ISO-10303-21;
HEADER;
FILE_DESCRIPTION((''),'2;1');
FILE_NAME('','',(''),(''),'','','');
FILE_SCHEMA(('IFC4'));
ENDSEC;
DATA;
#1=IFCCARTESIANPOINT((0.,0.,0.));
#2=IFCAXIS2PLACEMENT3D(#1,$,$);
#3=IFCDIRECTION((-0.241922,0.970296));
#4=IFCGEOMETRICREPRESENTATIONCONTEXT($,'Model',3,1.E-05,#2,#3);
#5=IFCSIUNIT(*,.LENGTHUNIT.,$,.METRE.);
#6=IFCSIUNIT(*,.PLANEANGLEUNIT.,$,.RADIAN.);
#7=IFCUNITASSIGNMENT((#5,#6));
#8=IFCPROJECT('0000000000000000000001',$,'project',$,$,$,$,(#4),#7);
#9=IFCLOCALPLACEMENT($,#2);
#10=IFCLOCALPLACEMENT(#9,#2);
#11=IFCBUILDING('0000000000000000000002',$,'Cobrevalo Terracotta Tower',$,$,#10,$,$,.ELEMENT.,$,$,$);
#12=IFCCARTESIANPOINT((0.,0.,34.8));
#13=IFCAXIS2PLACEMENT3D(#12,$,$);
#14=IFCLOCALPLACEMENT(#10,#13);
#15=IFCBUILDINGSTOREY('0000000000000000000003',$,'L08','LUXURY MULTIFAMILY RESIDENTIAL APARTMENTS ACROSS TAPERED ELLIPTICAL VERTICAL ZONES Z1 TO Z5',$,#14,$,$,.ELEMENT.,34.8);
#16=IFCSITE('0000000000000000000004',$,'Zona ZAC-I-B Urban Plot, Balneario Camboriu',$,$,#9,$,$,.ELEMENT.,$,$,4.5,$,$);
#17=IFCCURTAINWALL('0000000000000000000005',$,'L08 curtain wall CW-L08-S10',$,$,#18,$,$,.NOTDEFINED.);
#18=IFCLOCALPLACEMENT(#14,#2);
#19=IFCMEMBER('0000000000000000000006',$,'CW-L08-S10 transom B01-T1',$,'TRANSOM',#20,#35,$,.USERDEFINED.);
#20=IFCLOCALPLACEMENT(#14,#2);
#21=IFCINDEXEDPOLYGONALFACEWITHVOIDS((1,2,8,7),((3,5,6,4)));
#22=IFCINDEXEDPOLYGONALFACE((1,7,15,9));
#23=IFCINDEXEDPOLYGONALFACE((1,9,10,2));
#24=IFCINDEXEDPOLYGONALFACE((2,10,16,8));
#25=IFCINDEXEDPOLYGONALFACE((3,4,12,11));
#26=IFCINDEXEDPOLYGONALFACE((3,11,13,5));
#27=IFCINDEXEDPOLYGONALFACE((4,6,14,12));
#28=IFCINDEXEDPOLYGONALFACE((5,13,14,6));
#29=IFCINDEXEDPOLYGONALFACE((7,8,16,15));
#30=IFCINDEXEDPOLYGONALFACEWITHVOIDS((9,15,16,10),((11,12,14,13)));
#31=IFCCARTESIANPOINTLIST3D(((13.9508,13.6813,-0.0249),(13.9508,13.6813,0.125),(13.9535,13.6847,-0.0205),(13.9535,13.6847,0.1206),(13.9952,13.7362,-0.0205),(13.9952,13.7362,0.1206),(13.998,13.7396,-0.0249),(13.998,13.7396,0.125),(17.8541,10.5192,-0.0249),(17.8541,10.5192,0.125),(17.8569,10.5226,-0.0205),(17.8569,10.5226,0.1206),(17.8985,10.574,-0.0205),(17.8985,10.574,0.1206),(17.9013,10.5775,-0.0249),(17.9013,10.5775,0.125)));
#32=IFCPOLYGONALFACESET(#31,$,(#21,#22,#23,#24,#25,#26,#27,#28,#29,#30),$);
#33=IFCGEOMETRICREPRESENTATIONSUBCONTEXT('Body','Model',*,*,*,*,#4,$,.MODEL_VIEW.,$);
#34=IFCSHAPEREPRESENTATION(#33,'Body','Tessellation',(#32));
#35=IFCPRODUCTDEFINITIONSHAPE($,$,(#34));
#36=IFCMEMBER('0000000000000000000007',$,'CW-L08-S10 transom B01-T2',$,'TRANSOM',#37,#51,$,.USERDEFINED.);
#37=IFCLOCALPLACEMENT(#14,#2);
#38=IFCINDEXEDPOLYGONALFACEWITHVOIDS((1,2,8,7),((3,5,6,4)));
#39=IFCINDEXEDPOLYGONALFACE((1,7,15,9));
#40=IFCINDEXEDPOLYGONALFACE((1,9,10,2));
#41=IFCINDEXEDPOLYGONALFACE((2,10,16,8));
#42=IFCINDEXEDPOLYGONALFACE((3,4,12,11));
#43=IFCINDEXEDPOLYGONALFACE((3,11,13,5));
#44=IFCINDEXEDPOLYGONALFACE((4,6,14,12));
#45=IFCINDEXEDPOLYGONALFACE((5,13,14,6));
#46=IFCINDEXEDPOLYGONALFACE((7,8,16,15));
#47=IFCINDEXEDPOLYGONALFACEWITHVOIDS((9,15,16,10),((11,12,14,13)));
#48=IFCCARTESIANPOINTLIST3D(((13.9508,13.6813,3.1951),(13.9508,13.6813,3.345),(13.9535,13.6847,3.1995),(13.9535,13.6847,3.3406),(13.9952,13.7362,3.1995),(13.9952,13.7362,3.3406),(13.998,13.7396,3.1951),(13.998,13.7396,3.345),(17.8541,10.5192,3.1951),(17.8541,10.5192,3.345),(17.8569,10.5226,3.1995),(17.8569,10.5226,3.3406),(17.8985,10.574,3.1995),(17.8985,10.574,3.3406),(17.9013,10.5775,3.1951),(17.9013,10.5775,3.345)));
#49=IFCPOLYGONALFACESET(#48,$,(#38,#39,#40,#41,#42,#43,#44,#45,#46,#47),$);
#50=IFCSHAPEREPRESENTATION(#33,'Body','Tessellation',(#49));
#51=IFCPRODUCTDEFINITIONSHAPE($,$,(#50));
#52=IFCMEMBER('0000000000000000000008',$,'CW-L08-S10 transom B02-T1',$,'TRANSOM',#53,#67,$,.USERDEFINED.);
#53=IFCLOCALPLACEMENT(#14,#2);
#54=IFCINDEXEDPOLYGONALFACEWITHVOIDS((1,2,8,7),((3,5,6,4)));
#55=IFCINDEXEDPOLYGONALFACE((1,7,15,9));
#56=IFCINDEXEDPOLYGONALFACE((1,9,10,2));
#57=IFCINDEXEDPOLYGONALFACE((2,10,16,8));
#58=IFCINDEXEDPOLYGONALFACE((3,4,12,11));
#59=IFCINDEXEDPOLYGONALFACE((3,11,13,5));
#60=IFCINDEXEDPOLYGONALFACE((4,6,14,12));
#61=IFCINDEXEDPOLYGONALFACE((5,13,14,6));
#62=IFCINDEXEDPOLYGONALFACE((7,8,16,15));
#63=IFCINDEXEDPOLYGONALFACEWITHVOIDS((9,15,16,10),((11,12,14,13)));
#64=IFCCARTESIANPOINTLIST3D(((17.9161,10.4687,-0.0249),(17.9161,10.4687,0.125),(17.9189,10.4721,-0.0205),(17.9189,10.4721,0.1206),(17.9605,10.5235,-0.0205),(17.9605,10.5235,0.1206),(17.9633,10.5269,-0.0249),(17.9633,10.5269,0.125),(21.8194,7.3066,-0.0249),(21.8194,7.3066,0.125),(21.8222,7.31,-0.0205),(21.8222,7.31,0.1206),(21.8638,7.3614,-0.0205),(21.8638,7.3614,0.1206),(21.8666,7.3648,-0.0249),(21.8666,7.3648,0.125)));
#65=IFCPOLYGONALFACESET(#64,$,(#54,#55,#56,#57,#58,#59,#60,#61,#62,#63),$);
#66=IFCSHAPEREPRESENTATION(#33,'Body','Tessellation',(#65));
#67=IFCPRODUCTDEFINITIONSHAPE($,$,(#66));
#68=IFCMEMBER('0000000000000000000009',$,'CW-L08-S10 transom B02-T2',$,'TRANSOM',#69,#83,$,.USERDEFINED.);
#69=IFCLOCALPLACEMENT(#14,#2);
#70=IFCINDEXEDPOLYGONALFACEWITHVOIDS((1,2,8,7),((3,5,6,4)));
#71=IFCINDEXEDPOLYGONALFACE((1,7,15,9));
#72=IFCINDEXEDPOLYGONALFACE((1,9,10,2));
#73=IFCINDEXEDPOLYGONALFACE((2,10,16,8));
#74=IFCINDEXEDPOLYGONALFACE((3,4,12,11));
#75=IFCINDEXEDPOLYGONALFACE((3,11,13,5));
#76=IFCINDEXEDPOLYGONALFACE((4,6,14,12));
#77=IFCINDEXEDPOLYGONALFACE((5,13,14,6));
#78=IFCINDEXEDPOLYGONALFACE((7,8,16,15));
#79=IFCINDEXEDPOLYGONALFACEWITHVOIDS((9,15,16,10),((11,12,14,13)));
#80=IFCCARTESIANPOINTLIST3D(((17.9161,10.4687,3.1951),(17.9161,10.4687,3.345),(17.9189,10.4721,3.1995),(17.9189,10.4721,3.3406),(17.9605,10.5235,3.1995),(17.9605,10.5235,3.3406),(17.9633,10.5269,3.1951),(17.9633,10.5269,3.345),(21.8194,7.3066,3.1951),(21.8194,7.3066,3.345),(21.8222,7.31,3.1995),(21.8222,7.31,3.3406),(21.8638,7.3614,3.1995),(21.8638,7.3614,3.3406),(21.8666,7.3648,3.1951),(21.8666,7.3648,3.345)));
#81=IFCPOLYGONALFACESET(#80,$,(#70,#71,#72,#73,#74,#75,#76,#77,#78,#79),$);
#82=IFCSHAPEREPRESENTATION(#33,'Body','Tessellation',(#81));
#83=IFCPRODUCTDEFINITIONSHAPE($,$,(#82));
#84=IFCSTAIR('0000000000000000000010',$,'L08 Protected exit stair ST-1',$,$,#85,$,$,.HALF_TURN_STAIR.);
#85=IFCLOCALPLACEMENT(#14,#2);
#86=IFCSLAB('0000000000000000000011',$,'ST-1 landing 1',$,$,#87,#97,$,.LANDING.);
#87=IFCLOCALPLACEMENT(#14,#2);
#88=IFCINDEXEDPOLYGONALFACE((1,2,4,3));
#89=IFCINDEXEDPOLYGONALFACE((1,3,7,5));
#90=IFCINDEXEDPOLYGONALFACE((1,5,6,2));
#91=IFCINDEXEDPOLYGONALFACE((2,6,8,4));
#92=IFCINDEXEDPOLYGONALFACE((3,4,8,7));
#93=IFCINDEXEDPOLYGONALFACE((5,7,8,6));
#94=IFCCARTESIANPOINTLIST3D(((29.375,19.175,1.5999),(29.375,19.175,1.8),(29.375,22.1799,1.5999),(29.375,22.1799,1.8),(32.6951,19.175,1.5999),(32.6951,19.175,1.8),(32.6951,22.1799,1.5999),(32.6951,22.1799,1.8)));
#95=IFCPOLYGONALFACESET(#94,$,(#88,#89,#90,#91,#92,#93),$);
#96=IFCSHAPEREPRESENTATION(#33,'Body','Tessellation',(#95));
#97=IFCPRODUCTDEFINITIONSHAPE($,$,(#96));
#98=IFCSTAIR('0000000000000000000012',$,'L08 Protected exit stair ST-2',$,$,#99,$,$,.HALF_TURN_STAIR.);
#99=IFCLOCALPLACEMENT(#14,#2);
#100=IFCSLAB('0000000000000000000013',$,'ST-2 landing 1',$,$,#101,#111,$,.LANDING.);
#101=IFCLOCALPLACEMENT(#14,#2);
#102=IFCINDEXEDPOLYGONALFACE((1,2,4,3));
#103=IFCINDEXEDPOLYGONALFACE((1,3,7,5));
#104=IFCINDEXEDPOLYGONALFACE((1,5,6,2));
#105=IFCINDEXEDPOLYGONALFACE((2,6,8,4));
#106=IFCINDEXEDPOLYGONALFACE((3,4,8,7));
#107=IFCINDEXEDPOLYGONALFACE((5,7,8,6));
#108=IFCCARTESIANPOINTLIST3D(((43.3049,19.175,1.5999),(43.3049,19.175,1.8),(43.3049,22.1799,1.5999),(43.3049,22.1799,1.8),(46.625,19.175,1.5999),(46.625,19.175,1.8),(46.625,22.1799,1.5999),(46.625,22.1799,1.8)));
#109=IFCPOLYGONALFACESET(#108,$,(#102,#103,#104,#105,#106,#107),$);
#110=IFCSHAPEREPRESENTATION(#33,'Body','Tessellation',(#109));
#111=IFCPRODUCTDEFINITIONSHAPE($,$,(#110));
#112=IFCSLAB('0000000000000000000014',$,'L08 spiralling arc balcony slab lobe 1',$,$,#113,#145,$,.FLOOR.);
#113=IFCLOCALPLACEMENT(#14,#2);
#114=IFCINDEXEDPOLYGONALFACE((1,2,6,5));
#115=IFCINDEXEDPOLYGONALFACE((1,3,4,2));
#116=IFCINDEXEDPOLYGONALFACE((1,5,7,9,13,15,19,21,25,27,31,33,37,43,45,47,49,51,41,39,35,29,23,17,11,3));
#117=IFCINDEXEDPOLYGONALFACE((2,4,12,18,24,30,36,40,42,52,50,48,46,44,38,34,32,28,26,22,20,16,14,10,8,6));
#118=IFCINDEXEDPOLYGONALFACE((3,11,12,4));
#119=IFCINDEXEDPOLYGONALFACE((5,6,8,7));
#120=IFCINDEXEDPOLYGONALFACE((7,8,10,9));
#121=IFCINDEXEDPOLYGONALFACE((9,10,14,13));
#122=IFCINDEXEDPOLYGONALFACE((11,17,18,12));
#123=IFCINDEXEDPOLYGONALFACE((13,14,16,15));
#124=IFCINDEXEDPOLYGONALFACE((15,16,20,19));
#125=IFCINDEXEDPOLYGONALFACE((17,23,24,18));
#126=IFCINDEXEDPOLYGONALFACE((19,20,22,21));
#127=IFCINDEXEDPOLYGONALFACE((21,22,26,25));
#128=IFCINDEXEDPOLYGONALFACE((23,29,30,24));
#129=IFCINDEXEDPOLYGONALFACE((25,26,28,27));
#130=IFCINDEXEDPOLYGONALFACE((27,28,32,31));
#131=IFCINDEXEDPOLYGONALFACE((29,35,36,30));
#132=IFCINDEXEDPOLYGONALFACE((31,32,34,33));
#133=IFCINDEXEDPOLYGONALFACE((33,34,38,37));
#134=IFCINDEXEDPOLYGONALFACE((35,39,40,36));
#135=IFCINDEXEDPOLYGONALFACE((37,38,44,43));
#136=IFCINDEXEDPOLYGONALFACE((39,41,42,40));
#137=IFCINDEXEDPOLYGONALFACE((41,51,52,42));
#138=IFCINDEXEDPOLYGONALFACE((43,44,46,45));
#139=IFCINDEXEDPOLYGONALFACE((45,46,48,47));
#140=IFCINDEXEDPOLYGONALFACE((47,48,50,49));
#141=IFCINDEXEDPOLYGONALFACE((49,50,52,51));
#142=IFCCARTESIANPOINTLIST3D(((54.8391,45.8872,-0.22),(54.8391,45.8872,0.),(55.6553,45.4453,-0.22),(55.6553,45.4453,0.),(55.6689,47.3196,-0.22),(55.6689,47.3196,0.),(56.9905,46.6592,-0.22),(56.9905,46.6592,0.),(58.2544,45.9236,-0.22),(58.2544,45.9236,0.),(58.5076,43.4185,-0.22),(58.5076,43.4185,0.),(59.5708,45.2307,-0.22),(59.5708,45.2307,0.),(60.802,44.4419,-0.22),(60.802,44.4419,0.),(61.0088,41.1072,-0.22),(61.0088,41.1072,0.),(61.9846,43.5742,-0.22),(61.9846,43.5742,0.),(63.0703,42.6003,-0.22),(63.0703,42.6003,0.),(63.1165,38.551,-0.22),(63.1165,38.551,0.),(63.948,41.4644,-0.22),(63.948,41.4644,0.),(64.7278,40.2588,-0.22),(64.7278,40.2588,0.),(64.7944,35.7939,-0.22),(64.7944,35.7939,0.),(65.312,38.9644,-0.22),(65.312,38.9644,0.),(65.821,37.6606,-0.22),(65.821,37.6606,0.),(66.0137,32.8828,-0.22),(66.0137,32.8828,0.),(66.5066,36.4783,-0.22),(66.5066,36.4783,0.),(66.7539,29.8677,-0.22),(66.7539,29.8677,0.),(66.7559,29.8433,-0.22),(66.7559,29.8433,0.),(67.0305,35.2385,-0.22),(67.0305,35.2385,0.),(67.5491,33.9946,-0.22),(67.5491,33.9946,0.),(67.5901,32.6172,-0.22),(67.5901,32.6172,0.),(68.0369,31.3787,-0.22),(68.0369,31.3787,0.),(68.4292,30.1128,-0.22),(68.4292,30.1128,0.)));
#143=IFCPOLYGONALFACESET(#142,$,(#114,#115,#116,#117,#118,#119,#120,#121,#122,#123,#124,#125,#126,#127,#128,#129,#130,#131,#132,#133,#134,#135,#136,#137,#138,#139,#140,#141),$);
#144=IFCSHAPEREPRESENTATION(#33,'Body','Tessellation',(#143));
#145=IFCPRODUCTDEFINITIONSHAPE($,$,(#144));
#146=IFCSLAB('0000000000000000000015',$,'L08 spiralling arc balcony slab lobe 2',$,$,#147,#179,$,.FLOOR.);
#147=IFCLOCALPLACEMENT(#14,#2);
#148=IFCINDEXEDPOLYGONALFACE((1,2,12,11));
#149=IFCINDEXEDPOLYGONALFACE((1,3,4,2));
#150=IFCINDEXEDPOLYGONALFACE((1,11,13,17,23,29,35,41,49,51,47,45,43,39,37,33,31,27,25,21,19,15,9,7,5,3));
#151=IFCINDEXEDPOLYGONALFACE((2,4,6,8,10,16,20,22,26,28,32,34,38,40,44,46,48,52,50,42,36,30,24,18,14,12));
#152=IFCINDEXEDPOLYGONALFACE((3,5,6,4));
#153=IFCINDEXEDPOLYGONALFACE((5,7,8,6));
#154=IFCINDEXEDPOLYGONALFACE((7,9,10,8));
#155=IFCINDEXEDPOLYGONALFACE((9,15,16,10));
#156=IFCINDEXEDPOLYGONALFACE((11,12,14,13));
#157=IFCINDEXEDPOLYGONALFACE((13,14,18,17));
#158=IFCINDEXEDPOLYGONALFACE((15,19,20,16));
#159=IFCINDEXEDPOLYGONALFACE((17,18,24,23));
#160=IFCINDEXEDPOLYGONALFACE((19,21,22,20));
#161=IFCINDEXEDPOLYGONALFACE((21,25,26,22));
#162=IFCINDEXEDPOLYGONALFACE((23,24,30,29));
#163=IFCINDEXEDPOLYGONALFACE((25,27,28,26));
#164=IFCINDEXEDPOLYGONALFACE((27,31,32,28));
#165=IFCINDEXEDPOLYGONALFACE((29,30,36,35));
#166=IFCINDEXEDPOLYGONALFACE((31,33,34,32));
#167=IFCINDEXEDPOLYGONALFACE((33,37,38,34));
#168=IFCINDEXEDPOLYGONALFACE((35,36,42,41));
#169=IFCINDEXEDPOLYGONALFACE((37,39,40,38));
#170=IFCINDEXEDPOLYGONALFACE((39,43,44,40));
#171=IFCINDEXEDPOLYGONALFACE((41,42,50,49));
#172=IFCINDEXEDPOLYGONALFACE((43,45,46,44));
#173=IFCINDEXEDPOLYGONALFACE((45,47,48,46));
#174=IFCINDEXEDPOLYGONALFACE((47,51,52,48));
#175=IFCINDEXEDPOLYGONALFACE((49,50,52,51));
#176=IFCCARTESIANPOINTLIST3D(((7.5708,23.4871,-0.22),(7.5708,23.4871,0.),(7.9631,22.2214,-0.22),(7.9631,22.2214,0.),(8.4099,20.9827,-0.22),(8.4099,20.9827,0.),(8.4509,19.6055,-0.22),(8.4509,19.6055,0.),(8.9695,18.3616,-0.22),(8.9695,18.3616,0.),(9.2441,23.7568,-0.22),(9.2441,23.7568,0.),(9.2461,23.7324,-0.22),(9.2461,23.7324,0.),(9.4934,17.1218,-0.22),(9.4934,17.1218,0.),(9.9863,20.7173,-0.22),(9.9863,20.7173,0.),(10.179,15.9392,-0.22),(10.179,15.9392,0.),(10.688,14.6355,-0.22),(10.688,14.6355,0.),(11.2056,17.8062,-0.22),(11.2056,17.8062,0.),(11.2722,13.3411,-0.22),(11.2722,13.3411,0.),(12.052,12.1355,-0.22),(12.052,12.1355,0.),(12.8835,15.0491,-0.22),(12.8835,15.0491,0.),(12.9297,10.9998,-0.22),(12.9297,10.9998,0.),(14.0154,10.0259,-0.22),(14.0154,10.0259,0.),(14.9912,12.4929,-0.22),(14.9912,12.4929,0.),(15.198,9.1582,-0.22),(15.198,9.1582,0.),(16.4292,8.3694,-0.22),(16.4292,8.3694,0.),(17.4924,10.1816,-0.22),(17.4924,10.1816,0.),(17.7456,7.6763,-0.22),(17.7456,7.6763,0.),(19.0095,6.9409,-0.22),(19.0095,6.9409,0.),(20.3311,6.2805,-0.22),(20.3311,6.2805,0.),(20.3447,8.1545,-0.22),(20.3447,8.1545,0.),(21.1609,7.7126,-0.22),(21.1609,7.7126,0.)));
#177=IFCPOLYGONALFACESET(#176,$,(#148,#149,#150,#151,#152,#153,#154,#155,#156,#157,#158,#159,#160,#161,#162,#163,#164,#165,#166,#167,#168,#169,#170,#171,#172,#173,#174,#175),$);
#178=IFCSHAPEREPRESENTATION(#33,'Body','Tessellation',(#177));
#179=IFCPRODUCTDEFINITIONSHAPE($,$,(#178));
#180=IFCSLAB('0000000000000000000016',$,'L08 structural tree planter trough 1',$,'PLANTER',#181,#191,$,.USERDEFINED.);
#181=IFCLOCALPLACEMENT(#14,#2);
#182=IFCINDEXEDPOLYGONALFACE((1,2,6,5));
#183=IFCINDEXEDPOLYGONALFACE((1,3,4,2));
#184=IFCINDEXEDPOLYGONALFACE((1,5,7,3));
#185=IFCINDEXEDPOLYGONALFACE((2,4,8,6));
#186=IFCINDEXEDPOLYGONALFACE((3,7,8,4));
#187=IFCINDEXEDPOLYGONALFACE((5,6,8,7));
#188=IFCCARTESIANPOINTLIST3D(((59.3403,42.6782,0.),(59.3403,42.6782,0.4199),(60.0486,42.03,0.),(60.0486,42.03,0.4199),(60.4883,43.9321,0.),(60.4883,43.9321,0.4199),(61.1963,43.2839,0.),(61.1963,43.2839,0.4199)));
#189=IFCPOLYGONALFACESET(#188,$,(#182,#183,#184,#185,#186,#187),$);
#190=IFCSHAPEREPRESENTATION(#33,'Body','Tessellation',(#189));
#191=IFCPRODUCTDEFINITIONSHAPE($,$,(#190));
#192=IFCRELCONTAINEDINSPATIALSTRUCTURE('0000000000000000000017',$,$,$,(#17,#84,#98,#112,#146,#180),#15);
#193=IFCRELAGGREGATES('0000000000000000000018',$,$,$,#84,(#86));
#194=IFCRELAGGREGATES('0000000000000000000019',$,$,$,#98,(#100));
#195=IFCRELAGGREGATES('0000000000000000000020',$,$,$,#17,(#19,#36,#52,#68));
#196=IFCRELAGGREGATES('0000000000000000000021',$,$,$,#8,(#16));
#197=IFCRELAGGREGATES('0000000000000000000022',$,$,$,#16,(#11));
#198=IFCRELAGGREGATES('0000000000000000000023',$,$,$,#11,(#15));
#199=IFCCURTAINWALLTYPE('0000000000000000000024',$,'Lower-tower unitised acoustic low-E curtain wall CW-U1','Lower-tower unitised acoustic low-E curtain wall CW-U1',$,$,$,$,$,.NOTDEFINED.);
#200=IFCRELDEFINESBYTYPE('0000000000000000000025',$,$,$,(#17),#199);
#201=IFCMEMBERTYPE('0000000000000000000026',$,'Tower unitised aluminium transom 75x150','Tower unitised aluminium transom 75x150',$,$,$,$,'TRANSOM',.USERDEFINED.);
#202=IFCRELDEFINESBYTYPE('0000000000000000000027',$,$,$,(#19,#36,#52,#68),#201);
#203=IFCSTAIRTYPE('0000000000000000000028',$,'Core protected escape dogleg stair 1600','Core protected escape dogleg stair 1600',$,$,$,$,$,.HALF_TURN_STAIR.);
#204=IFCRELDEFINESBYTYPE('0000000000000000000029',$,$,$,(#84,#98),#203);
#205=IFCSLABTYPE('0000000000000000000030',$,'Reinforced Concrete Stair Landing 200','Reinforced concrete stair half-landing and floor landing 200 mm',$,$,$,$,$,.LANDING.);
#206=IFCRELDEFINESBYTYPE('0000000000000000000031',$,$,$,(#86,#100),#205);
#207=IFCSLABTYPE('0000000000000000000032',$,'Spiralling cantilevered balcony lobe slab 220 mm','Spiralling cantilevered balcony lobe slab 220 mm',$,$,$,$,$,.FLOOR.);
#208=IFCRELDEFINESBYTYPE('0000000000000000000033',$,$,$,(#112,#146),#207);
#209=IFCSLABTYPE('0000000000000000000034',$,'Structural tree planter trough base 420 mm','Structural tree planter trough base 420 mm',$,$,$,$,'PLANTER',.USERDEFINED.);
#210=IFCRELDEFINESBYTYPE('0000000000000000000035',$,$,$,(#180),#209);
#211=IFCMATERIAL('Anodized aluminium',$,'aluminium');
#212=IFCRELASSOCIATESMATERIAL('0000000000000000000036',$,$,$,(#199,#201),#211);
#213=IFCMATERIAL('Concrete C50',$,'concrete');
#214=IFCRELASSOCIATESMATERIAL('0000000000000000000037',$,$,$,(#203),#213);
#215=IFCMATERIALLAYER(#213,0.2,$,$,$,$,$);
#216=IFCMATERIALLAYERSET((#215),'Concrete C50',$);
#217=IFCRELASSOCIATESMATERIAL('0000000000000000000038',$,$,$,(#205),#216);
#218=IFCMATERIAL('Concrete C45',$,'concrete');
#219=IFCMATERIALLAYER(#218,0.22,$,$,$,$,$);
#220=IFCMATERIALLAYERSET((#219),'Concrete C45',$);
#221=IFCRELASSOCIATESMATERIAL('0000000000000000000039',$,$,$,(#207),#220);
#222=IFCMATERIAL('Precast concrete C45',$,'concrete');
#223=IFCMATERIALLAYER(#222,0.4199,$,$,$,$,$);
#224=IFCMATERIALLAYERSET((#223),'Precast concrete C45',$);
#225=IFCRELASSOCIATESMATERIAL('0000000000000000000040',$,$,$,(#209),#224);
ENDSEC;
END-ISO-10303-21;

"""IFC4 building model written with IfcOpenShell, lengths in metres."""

from ifc_helpers import new_model, si_unit, direction, frame, origin, origin_2d, place, context, subcontext, project, spatial, polyline, hollow_rectangle, outline, extrude, source, transform, mapped, material, layer, layer_set, material_profile, profile_set, type_object, element, aggregate, save


model = new_model("IFC4")

# Units and contexts
model_context = context("Model", 3, precision=1e-05, world=origin(), true_north=direction((-0.241922, 0.970296)))
body_context = subcontext(model_context, "Body", "Model", "MODEL_VIEW")
ifc_project = project(units=[si_unit("LENGTHUNIT", "METRE"), si_unit("PLANEANGLEUNIT", "RADIAN")], contexts=[model_context])

# Site, building, storey
site_placement = place(None, origin())
site = spatial("IfcSite", under=ifc_project, at=site_placement, Name="Zona ZAC-I-B Urban Plot, Balneario Camboriu", CompositionType="ELEMENT", RefElevation=4.5)
building_placement = place(site_placement, origin())
building = spatial("IfcBuilding", under=site, at=building_placement, Name="Cobrevalo Terracotta Tower", CompositionType="ELEMENT")
storey_placement = place(building_placement, frame((0.0, 0.0, 34.8)))
storey = spatial("IfcBuildingStorey", under=building, at=storey_placement, Name="L08", Description="LUXURY MULTIFAMILY RESIDENTIAL APARTMENTS ACROSS TAPERED ELLIPTICAL VERTICAL ZONES Z1 TO Z5", CompositionType="ELEMENT", Elevation=34.8)

# Curtain wall, members
ifc_material_1 = material(Name="Anodized aluminium", Category="aluminium")
curtain_wall_type = type_object("IfcCurtainWallType", Name="Lower-tower unitised acoustic low-E curtain wall CW-U1", Description="Lower-tower unitised acoustic low-E curtain wall CW-U1", PredefinedType="NOTDEFINED", material=ifc_material_1)
curtain_wall_placement = place(storey_placement, origin())
curtain_wall = element("IfcCurtainWall", 1, at=curtain_wall_placement, inside=storey, type_object=curtain_wall_type, Name="L08 curtain wall CW-L08-S10", PredefinedType="NOTDEFINED")
ifc_material_profile_1 = material_profile(ifc_material_1, hollow_rectangle(XDim=0.075, YDim=0.1499, WallThickness=0.0044, at=origin_2d()), Name="CWT 75x150")
ifc_profile_set_1 = profile_set([ifc_material_profile_1], Name="Anodized aluminium")
member_type_1 = type_object("IfcMemberType", Name="Tower unitised aluminium transom 75x150", Description="Tower unitised aluminium transom 75x150", ElementType="TRANSOM", PredefinedType="USERDEFINED", material=ifc_profile_set_1)
shared_shape_1 = source(origin(), body_context, "Body", "SweptSolid", [
    extrude(hollow_rectangle(XDim=0.075, YDim=0.1499, WallThickness=0.0044, at=origin_2d()), origin(), (0.0, 0.0, 1.0), 5.0234),
])
member_1_placement = place(storey_placement, frame((13.9744, 13.7104, 0.05), z_axis=(0.777023, -0.629472, 0.0), x_axis=(0.629472, 0.777023, 0.0)))
member_1 = element("IfcMember", 2, at=member_1_placement, type_object=member_type_1, Name="CW-L08-S10 transom B01-T1", ObjectType="TRANSOM", PredefinedType="USERDEFINED", context=body_context, shape_type="MappedRepresentation", body=[
    mapped(shared_shape_1, transform((0.0, 0.0, 0.0), scale=1.0)),
])
member_2_placement = place(storey_placement, frame((13.9744, 13.7104, 3.27), z_axis=(0.777023, -0.629472, 0.0), x_axis=(0.629472, 0.777023, 0.0)))
member_2 = element("IfcMember", 3, at=member_2_placement, type_object=member_type_1, Name="CW-L08-S10 transom B01-T2", ObjectType="TRANSOM", PredefinedType="USERDEFINED", context=body_context, shape_type="MappedRepresentation", body=[
    mapped(shared_shape_1, transform((0.0, 0.0, 0.0), scale=1.0)),
])
member_3_placement = place(storey_placement, frame((17.9397, 10.4978, 0.05), z_axis=(0.777023, -0.629472, 0.0), x_axis=(0.629472, 0.777023, 0.0)))
member_3 = element("IfcMember", 4, at=member_3_placement, type_object=member_type_1, Name="CW-L08-S10 transom B02-T1", ObjectType="TRANSOM", PredefinedType="USERDEFINED", context=body_context, shape_type="MappedRepresentation", body=[
    mapped(shared_shape_1, transform((0.0, 0.0, 0.0), scale=1.0)),
])
member_4_placement = place(storey_placement, frame((17.9397, 10.4978, 3.27), z_axis=(0.777023, -0.629472, 0.0), x_axis=(0.629472, 0.777023, 0.0)))
member_4 = element("IfcMember", 5, at=member_4_placement, type_object=member_type_1, Name="CW-L08-S10 transom B02-T2", ObjectType="TRANSOM", PredefinedType="USERDEFINED", context=body_context, shape_type="MappedRepresentation", body=[
    mapped(shared_shape_1, transform((0.0, 0.0, 0.0), scale=1.0)),
])

# Stairs, slabs
ifc_material_2 = material(Name="Concrete C50", Category="concrete")
stair_type = type_object("IfcStairType", Name="Core protected escape dogleg stair 1600", Description="Core protected escape dogleg stair 1600", PredefinedType="HALF_TURN_STAIR", material=ifc_material_2)
stair_1_placement = place(storey_placement, origin())
stair_1 = element("IfcStair", 6, at=stair_1_placement, inside=storey, type_object=stair_type, Name="L08 Protected exit stair ST-1", PredefinedType="HALF_TURN_STAIR")
ifc_layer_1 = layer(ifc_material_2, 0.2)
ifc_layer_set_1 = layer_set([ifc_layer_1], Name="Concrete C50")
slab_type_1 = type_object("IfcSlabType", Name="Reinforced Concrete Stair Landing 200", Description="Reinforced concrete stair half-landing and floor landing 200 mm", PredefinedType="LANDING", material=ifc_layer_set_1)
slab_1_placement = place(storey_placement, frame((0.0, 0.0, 1.5999)))
slab_1 = element("IfcSlab", 7, at=slab_1_placement, type_object=slab_type_1, Name="ST-1 landing 1", PredefinedType="LANDING", context=body_context, shape_type="SweptSolid", body=[
    extrude(outline(polyline([(29.375, 22.1799), (29.375, 19.175), (32.6951, 19.175), (32.6951, 22.1799), (29.375, 22.1799)])), origin(), (0.0, 0.0, 1.0), 0.2002),
])
aggregate(stair_1, [slab_1])
stair_2_placement = place(storey_placement, origin())
stair_2 = element("IfcStair", 8, at=stair_2_placement, inside=storey, type_object=stair_type, Name="L08 Protected exit stair ST-2", PredefinedType="HALF_TURN_STAIR")
slab_2_placement = place(storey_placement, frame((0.0, 0.0, 1.5999)))
slab_2 = element("IfcSlab", 9, at=slab_2_placement, type_object=slab_type_1, Name="ST-2 landing 1", PredefinedType="LANDING", context=body_context, shape_type="SweptSolid", body=[
    extrude(outline(polyline([(43.3049, 22.1799), (43.3049, 19.175), (46.625, 19.175), (46.625, 22.1799), (43.3049, 22.1799)])), origin(), (0.0, 0.0, 1.0), 0.2002),
])
aggregate(stair_2, [slab_2])

# Slabs
ifc_material_3 = material(Name="Concrete C45", Category="concrete")
ifc_layer_2 = layer(ifc_material_3, 0.22)
ifc_layer_set_2 = layer_set([ifc_layer_2], Name="Concrete C45")
slab_type_2 = type_object("IfcSlabType", Name="Spiralling cantilevered balcony lobe slab 220 mm", Description="Spiralling cantilevered balcony lobe slab 220 mm", PredefinedType="FLOOR", material=ifc_layer_set_2)
slab_3_placement = place(storey_placement, frame((0.0, 0.0, -0.22)))
element("IfcSlab", 10, at=slab_3_placement, inside=storey, type_object=slab_type_2, Name="L08 spiralling arc balcony slab lobe 1", PredefinedType="FLOOR", context=body_context, shape_type="SweptSolid", body=[
    extrude(outline(polyline([(68.4292, 30.1128), (68.0369, 31.3787), (67.5901, 32.6172), (67.5491, 33.9946), (67.0305, 35.2385), (66.5066, 36.4783), (65.821, 37.6606), (65.312, 38.9644), (64.7278, 40.2588), (63.948, 41.4644), (63.0703, 42.6003), (61.9846, 43.5742), (60.802, 44.4419), (59.5708, 45.2307), (58.2544, 45.9236), (56.9905, 46.6592), (55.6689, 47.3196), (54.8391, 45.8872), (55.6553, 45.4453), (58.5076, 43.4185), (61.0088, 41.1072), (63.1165, 38.551), (64.7944, 35.7939), (66.0137, 32.8828), (66.7539, 29.8677), (66.7559, 29.8433), (68.4292, 30.1128)])), origin(), (0.0, 0.0, 1.0), 0.22),
])
slab_4_placement = place(storey_placement, frame((0.0, 0.0, -0.22)))
element("IfcSlab", 11, at=slab_4_placement, inside=storey, type_object=slab_type_2, Name="L08 spiralling arc balcony slab lobe 2", PredefinedType="FLOOR", context=body_context, shape_type="SweptSolid", body=[
    extrude(outline(polyline([(7.5708, 23.4871), (7.9631, 22.2214), (8.4099, 20.9827), (8.4509, 19.6055), (8.9695, 18.3616), (9.4934, 17.1218), (10.179, 15.9392), (10.688, 14.6355), (11.2722, 13.3411), (12.052, 12.1355), (12.9297, 10.9998), (14.0154, 10.0259), (15.198, 9.1582), (16.4292, 8.3694), (17.7456, 7.6763), (19.0095, 6.9409), (20.3311, 6.2805), (21.1609, 7.7126), (20.3447, 8.1545), (17.4924, 10.1816), (14.9912, 12.4929), (12.8835, 15.0491), (11.2056, 17.8062), (9.9863, 20.7173), (9.2461, 23.7324), (9.2441, 23.7568), (7.5708, 23.4871)])), origin(), (0.0, 0.0, 1.0), 0.22),
])
ifc_material_4 = material(Name="Precast concrete C45", Category="concrete")
ifc_layer_3 = layer(ifc_material_4, 0.4199)
ifc_layer_set_3 = layer_set([ifc_layer_3], Name="Precast concrete C45")
slab_type_3 = type_object("IfcSlabType", Name="Structural tree planter trough base 420 mm", Description="Structural tree planter trough base 420 mm", ElementType="PLANTER", PredefinedType="USERDEFINED", material=ifc_layer_set_3)
slab_5_placement = place(storey_placement, origin())
element("IfcSlab", 12, at=slab_5_placement, inside=storey, type_object=slab_type_3, Name="L08 structural tree planter trough 1", ObjectType="PLANTER", PredefinedType="USERDEFINED", context=body_context, shape_type="SweptSolid", body=[
    extrude(outline(polyline([(60.0486, 42.03), (61.1963, 43.2839), (60.4883, 43.9321), (59.3403, 42.6782), (60.0486, 42.03)])), origin(), (0.0, 0.0, 1.0), 0.4199),
])

aggregate(curtain_wall, [member_1, member_2, member_3, member_4])

save(model, "model.ifc")
